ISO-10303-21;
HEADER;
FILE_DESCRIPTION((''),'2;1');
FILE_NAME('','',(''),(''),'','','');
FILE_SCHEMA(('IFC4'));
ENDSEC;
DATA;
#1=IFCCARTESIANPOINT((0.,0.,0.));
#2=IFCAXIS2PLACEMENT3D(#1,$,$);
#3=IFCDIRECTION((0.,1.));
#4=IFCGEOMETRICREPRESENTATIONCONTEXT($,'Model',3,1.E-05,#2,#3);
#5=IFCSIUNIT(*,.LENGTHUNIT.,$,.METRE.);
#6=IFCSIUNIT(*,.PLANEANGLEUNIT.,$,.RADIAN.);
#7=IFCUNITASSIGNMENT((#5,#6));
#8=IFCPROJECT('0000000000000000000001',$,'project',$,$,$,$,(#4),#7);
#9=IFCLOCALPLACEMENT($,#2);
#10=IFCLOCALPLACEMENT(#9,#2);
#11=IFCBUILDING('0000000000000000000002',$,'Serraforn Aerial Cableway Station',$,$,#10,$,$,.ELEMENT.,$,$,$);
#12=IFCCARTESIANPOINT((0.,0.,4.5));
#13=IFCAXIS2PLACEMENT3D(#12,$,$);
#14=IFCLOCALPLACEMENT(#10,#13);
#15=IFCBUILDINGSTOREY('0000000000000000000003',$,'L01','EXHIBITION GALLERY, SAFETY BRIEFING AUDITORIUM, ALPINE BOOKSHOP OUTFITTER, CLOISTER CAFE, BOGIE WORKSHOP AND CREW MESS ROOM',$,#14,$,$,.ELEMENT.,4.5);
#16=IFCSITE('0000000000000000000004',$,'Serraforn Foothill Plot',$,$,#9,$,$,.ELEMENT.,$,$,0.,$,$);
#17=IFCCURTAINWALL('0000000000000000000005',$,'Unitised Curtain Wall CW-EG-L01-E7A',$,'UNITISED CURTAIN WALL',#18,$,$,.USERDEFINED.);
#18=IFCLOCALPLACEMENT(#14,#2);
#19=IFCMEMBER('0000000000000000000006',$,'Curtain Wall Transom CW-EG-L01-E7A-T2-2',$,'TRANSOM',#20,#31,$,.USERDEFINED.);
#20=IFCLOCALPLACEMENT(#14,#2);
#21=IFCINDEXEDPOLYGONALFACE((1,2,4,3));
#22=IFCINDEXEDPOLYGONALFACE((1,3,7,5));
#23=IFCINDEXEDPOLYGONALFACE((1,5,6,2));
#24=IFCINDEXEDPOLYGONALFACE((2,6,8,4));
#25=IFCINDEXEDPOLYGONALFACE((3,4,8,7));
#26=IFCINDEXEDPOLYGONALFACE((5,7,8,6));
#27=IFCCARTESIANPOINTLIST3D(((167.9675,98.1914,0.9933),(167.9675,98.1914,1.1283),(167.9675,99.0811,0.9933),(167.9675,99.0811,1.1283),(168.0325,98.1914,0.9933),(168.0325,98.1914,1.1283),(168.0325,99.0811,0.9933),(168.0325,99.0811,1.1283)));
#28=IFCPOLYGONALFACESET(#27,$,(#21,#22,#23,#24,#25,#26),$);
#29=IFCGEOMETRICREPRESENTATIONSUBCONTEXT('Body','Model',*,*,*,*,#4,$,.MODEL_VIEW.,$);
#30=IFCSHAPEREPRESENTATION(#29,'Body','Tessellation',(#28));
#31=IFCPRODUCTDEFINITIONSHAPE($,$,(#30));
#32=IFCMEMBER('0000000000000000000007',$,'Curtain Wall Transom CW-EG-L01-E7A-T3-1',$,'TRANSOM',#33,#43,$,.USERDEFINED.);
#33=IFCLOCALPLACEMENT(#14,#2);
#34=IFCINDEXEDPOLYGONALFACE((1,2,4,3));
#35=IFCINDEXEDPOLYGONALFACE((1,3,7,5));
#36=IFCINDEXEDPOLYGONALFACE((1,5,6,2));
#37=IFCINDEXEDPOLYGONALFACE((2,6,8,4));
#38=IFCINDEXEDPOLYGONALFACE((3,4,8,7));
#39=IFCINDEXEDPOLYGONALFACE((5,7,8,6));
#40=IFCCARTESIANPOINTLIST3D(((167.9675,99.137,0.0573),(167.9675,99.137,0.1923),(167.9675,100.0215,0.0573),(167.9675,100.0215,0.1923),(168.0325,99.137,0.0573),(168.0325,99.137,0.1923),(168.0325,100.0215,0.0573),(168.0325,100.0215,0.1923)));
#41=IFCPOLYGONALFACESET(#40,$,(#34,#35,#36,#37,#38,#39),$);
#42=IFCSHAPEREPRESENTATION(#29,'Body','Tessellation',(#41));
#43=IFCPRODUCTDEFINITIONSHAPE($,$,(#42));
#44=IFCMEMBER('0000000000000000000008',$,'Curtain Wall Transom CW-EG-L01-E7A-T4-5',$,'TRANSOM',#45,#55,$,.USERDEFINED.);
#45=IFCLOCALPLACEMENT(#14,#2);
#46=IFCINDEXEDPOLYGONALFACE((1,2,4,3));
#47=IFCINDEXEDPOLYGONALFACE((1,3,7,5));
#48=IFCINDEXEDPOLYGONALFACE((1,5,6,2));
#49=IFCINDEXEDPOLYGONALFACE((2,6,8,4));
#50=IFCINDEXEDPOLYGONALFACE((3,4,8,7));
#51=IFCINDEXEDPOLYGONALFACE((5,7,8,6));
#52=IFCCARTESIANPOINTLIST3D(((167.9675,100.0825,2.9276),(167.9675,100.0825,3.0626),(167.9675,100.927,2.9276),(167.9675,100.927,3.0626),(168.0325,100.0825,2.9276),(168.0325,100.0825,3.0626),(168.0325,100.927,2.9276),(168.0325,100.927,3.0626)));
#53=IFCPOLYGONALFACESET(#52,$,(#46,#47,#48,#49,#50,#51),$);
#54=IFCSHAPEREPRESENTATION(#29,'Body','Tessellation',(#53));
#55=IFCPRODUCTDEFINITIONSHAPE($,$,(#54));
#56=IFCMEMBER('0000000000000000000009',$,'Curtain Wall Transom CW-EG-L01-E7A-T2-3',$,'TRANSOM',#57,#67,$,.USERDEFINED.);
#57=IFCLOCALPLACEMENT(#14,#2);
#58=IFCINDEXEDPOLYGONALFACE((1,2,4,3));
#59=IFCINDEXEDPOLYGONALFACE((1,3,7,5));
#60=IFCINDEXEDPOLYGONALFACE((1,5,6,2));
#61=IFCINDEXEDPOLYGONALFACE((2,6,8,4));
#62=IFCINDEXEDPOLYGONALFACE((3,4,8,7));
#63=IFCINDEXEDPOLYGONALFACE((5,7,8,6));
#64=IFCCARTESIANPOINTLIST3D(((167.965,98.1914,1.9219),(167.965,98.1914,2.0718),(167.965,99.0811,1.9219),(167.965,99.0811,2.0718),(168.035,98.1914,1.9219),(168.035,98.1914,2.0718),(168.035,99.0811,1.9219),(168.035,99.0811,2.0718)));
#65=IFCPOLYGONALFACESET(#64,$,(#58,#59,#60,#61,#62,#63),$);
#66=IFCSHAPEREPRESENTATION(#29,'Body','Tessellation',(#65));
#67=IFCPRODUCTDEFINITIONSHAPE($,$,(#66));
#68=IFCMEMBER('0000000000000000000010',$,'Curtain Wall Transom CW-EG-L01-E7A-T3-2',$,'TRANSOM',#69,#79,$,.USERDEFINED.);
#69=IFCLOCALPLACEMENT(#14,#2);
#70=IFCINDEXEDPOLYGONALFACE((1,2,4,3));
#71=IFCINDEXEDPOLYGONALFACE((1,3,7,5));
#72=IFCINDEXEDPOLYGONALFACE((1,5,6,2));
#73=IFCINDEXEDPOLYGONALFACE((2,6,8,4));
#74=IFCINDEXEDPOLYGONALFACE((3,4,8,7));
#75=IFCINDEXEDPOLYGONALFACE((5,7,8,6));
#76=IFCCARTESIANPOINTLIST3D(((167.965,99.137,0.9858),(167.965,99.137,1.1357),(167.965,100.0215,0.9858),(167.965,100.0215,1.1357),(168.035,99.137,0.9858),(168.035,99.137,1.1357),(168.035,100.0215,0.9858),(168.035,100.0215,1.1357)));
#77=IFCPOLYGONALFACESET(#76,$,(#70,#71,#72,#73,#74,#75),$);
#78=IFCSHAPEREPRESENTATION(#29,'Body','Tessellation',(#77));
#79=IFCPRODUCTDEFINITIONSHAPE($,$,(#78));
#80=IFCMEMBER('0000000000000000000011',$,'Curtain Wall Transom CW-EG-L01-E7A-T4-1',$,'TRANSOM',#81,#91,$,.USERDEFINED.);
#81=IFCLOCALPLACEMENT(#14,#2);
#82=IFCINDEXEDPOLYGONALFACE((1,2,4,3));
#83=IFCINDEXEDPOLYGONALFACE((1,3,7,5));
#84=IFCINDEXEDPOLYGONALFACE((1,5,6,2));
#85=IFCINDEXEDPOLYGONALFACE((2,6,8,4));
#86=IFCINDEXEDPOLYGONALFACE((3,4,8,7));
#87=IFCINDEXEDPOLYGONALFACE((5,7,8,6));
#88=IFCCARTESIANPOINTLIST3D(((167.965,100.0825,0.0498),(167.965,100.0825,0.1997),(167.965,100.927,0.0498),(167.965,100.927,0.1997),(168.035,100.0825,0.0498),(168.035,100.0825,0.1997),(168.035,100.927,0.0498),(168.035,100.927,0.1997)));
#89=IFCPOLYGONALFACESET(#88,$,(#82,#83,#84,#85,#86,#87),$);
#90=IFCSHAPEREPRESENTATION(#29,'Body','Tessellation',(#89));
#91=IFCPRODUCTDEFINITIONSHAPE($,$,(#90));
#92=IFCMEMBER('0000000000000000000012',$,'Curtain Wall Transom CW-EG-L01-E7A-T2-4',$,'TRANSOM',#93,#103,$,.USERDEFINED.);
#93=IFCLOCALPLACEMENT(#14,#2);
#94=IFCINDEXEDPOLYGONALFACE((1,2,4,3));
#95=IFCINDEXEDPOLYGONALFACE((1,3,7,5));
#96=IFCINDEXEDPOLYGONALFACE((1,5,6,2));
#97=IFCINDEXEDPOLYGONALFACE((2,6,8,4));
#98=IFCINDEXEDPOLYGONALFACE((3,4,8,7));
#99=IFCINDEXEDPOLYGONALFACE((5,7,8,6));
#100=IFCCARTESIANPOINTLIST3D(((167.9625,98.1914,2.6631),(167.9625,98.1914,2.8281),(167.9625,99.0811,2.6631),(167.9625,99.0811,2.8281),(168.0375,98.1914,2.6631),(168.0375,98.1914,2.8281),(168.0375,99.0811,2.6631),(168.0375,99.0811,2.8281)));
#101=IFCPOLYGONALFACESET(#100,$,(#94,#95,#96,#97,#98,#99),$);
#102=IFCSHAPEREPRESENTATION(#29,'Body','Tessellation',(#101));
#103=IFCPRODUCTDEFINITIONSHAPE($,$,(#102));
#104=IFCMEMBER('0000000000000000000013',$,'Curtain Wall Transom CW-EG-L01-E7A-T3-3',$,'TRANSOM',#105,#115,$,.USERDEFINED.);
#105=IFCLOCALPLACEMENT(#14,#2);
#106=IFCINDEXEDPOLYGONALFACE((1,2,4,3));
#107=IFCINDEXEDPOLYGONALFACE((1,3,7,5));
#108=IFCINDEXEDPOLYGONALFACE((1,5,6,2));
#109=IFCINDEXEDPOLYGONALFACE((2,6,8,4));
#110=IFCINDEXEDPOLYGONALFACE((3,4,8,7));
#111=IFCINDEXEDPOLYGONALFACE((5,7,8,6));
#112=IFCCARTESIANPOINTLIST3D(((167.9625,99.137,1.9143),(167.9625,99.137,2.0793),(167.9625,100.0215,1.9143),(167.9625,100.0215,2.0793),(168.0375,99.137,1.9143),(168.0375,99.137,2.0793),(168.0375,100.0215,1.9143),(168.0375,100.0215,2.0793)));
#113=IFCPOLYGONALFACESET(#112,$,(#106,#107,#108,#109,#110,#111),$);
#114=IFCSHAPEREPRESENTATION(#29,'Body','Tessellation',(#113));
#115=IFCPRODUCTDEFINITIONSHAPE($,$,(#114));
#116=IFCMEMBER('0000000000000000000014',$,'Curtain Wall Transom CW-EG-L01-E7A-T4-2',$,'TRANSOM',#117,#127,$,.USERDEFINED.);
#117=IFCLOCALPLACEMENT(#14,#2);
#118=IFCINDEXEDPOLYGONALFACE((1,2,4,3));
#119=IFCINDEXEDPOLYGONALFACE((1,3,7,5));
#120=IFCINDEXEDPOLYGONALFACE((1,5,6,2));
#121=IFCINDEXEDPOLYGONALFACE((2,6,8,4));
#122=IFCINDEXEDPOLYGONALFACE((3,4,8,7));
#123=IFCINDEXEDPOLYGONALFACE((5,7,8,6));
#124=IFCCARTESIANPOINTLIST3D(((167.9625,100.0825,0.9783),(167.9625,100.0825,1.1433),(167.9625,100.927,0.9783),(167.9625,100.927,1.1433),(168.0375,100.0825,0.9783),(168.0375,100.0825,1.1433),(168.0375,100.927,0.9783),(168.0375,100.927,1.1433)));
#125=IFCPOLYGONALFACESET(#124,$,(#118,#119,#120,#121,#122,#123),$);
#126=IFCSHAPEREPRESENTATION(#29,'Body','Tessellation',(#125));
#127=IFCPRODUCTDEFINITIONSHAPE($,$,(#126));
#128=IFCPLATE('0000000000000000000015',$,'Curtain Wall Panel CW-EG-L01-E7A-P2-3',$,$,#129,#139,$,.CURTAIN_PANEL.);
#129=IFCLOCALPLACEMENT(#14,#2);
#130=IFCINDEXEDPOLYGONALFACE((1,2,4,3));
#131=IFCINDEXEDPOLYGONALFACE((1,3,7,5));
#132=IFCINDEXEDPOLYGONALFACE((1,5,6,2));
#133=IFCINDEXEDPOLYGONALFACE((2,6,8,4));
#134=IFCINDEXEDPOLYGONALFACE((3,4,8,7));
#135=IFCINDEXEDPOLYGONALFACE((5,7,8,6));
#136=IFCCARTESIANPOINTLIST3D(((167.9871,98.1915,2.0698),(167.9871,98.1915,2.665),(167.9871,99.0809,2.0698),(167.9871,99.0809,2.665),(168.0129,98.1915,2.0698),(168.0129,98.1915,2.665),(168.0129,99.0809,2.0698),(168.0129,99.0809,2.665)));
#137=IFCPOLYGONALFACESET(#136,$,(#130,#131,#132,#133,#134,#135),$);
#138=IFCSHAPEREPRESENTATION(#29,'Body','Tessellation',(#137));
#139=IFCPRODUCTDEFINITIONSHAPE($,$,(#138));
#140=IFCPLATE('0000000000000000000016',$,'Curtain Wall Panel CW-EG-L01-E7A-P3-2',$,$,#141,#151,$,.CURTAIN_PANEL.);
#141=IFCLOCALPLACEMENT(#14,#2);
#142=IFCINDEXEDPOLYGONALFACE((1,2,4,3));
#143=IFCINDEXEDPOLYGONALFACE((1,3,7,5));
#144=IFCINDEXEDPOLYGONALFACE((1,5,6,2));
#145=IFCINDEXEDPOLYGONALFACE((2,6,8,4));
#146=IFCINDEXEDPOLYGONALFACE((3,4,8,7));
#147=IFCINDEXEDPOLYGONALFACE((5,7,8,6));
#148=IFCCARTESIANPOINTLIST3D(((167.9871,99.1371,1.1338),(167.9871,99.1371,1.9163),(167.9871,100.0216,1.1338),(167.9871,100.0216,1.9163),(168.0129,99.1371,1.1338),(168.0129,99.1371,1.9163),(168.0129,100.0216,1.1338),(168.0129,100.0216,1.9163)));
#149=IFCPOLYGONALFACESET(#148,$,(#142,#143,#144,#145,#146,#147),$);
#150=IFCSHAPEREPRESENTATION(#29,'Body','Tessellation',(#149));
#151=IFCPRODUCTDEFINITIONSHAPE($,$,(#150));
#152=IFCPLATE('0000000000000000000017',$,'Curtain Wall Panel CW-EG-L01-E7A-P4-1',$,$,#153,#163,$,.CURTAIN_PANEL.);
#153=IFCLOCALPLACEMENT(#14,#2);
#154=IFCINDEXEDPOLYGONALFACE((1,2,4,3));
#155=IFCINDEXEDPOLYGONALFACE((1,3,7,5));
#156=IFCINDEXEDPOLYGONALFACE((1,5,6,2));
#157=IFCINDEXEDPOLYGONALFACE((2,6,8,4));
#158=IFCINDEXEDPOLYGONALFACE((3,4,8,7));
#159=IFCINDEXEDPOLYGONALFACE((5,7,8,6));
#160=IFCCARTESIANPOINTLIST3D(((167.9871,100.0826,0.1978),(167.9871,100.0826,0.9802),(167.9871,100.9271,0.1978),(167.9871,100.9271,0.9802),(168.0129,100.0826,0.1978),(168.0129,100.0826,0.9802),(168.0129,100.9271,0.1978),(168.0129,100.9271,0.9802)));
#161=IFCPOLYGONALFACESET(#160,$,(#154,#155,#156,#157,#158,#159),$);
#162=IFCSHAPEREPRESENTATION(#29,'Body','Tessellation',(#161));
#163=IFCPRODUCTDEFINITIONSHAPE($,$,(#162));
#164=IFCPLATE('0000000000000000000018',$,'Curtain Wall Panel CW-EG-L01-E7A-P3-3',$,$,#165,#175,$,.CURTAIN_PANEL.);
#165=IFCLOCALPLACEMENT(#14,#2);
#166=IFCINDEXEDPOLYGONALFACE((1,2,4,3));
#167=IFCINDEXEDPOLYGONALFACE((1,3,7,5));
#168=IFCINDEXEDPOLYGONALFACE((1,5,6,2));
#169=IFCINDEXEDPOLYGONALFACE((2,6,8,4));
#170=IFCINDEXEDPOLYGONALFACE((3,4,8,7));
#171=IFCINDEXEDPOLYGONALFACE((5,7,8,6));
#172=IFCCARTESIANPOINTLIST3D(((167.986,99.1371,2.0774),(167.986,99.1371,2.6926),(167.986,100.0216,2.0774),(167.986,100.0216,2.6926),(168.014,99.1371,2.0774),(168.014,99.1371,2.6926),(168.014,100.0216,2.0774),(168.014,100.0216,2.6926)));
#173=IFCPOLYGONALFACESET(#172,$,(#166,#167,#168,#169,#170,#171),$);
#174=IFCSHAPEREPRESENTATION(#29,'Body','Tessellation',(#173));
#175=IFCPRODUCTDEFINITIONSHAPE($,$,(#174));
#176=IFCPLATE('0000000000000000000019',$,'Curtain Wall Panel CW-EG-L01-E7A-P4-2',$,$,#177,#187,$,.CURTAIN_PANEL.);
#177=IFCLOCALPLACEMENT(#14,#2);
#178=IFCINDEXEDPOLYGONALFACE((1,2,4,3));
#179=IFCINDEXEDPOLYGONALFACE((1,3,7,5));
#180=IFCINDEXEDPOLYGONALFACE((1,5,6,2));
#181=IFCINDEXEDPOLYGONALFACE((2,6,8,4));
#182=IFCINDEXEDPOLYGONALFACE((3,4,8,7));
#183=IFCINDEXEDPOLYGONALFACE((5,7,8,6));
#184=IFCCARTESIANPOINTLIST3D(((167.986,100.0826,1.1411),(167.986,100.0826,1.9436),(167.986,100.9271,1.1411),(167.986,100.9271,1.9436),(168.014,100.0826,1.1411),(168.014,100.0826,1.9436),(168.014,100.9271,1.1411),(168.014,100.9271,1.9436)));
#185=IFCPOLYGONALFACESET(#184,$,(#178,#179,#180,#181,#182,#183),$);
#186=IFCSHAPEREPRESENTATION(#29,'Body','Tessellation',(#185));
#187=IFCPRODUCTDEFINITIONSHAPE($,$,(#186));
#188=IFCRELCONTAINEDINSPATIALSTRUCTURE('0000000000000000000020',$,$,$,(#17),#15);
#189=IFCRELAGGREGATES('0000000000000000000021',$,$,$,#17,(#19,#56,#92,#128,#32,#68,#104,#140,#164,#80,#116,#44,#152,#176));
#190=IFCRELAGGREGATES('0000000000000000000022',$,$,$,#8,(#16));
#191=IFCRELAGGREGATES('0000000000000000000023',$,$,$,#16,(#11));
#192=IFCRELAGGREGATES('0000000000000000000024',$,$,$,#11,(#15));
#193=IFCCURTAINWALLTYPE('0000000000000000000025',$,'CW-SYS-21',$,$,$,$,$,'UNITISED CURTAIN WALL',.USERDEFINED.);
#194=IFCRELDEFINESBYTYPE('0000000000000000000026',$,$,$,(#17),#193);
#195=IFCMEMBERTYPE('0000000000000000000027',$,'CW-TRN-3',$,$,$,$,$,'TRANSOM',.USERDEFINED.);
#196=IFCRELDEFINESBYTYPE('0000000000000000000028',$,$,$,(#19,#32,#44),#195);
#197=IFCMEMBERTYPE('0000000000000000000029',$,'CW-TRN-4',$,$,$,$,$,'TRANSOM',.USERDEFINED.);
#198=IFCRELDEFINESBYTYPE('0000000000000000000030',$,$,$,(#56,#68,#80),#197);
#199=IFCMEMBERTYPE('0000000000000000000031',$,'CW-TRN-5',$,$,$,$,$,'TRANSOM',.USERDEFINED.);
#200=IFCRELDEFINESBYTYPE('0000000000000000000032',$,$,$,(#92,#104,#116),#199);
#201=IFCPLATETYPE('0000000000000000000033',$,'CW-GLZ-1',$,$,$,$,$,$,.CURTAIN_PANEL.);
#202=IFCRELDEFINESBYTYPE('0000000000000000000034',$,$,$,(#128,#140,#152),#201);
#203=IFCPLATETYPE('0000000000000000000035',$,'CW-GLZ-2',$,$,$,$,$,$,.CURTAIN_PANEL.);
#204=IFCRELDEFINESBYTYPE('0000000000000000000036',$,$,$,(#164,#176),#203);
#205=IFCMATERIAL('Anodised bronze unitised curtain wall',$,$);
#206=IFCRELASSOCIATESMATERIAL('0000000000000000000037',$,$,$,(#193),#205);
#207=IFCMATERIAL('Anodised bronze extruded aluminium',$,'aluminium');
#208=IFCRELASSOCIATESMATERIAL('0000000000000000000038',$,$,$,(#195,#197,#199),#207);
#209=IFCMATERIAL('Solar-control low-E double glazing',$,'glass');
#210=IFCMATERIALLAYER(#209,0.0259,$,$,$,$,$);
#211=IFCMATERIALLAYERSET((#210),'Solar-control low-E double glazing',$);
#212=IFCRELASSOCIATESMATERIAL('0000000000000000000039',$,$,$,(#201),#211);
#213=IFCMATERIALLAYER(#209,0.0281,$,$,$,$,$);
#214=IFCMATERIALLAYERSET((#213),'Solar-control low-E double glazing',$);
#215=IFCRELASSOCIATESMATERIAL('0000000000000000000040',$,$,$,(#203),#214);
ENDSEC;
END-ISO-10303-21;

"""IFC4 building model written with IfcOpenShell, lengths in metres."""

from ifc_helpers import new_model, si_unit, direction, frame, origin, origin_2d, place, context, subcontext, project, spatial, rectangle, extrude, material, layer, layer_set, material_profile, profile_set, type_object, element, aggregate, save


model = new_model("IFC4")

# Units and contexts
model_context = context("Model", 3, precision=1e-05, world=origin(), true_north=direction((0.0, 1.0)))
body_context = subcontext(model_context, "Body", "Model", "MODEL_VIEW")
ifc_project = project(units=[si_unit("LENGTHUNIT", "METRE"), si_unit("PLANEANGLEUNIT", "RADIAN")], contexts=[model_context])

# Site, building, storey
site_placement = place(None, origin())
site = spatial("IfcSite", under=ifc_project, at=site_placement, Name="Serraforn Foothill Plot", CompositionType="ELEMENT", RefElevation=0.0)
building_placement = place(site_placement, origin())
building = spatial("IfcBuilding", under=site, at=building_placement, Name="Serraforn Aerial Cableway Station", CompositionType="ELEMENT")
storey_placement = place(building_placement, frame((0.0, 0.0, 4.5)))
storey = spatial("IfcBuildingStorey", under=building, at=storey_placement, Name="L01", Description="EXHIBITION GALLERY, SAFETY BRIEFING AUDITORIUM, ALPINE BOOKSHOP OUTFITTER, CLOISTER CAFE, BOGIE WORKSHOP AND CREW MESS ROOM", CompositionType="ELEMENT", Elevation=4.5)

# Curtain wall, members, plates
ifc_material_1 = material(Name="Anodised bronze unitised curtain wall")
curtain_wall_type = type_object("IfcCurtainWallType", Name="CW-SYS-21", ElementType="UNITISED CURTAIN WALL", PredefinedType="USERDEFINED", material=ifc_material_1)
curtain_wall_placement = place(storey_placement, origin())
curtain_wall = element("IfcCurtainWall", 1, at=curtain_wall_placement, inside=storey, type_object=curtain_wall_type, Name="Unitised Curtain Wall CW-EG-L01-E7A", ObjectType="UNITISED CURTAIN WALL", PredefinedType="USERDEFINED")
ifc_material_2 = material(Name="Anodised bronze extruded aluminium", Category="aluminium")
ifc_material_profile_1 = material_profile(ifc_material_2, rectangle(XDim=0.0649, YDim=0.135, at=origin_2d()), Name="CW TRANSOM 65x135")
ifc_profile_set_1 = profile_set([ifc_material_profile_1], Name="Anodised bronze extruded aluminium")
member_type_1 = type_object("IfcMemberType", Name="CW-TRN-3", ElementType="TRANSOM", PredefinedType="USERDEFINED", material=ifc_profile_set_1)
member_1_placement = place(storey_placement, frame((168.0, 98.1914, 1.0608), z_axis=(0.0, 1.0, 0.0), x_axis=(-1.0, 0.0, 0.0)))
member_1 = element("IfcMember", 2, at=member_1_placement, type_object=member_type_1, Name="Curtain Wall Transom CW-EG-L01-E7A-T2-2", ObjectType="TRANSOM", PredefinedType="USERDEFINED", context=body_context, shape_type="SweptSolid", body=[
    extrude(rectangle(XDim=0.0649, YDim=0.135, at=origin_2d()), origin(), (0.0, 0.0, 1.0), 0.8896),
])
member_2_placement = place(storey_placement, frame((168.0, 99.137, 0.1248), z_axis=(0.0, 1.0, 0.0), x_axis=(-1.0, 0.0, 0.0)))
member_2 = element("IfcMember", 3, at=member_2_placement, type_object=member_type_1, Name="Curtain Wall Transom CW-EG-L01-E7A-T3-1", ObjectType="TRANSOM", PredefinedType="USERDEFINED", context=body_context, shape_type="SweptSolid", body=[
    extrude(rectangle(XDim=0.0649, YDim=0.135, at=origin_2d()), origin(), (0.0, 0.0, 1.0), 0.8845),
])
member_3_placement = place(storey_placement, frame((168.0, 100.0825, 2.9951), z_axis=(0.0, 1.0, 0.0), x_axis=(-1.0, 0.0, 0.0)))
member_3 = element("IfcMember", 4, at=member_3_placement, type_object=member_type_1, Name="Curtain Wall Transom CW-EG-L01-E7A-T4-5", ObjectType="TRANSOM", PredefinedType="USERDEFINED", context=body_context, shape_type="SweptSolid", body=[
    extrude(rectangle(XDim=0.0649, YDim=0.135, at=origin_2d()), origin(), (0.0, 0.0, 1.0), 0.8445),
])
ifc_material_profile_2 = material_profile(ifc_material_2, rectangle(XDim=0.0701, YDim=0.1499, at=origin_2d()), Name="CW TRANSOM 70x150")
ifc_profile_set_2 = profile_set([ifc_material_profile_2], Name="Anodised bronze extruded aluminium")
member_type_2 = type_object("IfcMemberType", Name="CW-TRN-4", ElementType="TRANSOM", PredefinedType="USERDEFINED", material=ifc_profile_set_2)
member_4_placement = place(storey_placement, frame((168.0, 98.1914, 1.9968), z_axis=(0.0, 1.0, 0.0), x_axis=(-1.0, 0.0, 0.0)))
member_4 = element("IfcMember", 5, at=member_4_placement, type_object=member_type_2, Name="Curtain Wall Transom CW-EG-L01-E7A-T2-3", ObjectType="TRANSOM", PredefinedType="USERDEFINED", context=body_context, shape_type="SweptSolid", body=[
    extrude(rectangle(XDim=0.0701, YDim=0.1499, at=origin_2d()), origin(), (0.0, 0.0, 1.0), 0.8896),
])
member_5_placement = place(storey_placement, frame((168.0, 99.137, 1.0608), z_axis=(0.0, 1.0, 0.0), x_axis=(-1.0, 0.0, 0.0)))
member_5 = element("IfcMember", 6, at=member_5_placement, type_object=member_type_2, Name="Curtain Wall Transom CW-EG-L01-E7A-T3-2", ObjectType="TRANSOM", PredefinedType="USERDEFINED", context=body_context, shape_type="SweptSolid", body=[
    extrude(rectangle(XDim=0.0701, YDim=0.1499, at=origin_2d()), origin(), (0.0, 0.0, 1.0), 0.8845),
])
member_6_placement = place(storey_placement, frame((168.0, 100.0825, 0.1248), z_axis=(0.0, 1.0, 0.0), x_axis=(-1.0, 0.0, 0.0)))
member_6 = element("IfcMember", 7, at=member_6_placement, type_object=member_type_2, Name="Curtain Wall Transom CW-EG-L01-E7A-T4-1", ObjectType="TRANSOM", PredefinedType="USERDEFINED", context=body_context, shape_type="SweptSolid", body=[
    extrude(rectangle(XDim=0.0701, YDim=0.1499, at=origin_2d()), origin(), (0.0, 0.0, 1.0), 0.8445),
])
ifc_material_profile_3 = material_profile(ifc_material_2, rectangle(XDim=0.075, YDim=0.165, at=origin_2d()), Name="CW TRANSOM 75x165")
ifc_profile_set_3 = profile_set([ifc_material_profile_3], Name="Anodised bronze extruded aluminium")
member_type_3 = type_object("IfcMemberType", Name="CW-TRN-5", ElementType="TRANSOM", PredefinedType="USERDEFINED", material=ifc_profile_set_3)
member_7_placement = place(storey_placement, frame((168.0, 98.1914, 2.7456), z_axis=(0.0, 1.0, 0.0), x_axis=(-1.0, 0.0, 0.0)))
member_7 = element("IfcMember", 8, at=member_7_placement, type_object=member_type_3, Name="Curtain Wall Transom CW-EG-L01-E7A-T2-4", ObjectType="TRANSOM", PredefinedType="USERDEFINED", context=body_context, shape_type="SweptSolid", body=[
    extrude(rectangle(XDim=0.075, YDim=0.165, at=origin_2d()), origin(), (0.0, 0.0, 1.0), 0.8896),
])
member_8_placement = place(storey_placement, frame((168.0, 99.137, 1.9968), z_axis=(0.0, 1.0, 0.0), x_axis=(-1.0, 0.0, 0.0)))
member_8 = element("IfcMember", 9, at=member_8_placement, type_object=member_type_3, Name="Curtain Wall Transom CW-EG-L01-E7A-T3-3", ObjectType="TRANSOM", PredefinedType="USERDEFINED", context=body_context, shape_type="SweptSolid", body=[
    extrude(rectangle(XDim=0.075, YDim=0.165, at=origin_2d()), origin(), (0.0, 0.0, 1.0), 0.8845),
])
member_9_placement = place(storey_placement, frame((168.0, 100.0825, 1.0608), z_axis=(0.0, 1.0, 0.0), x_axis=(-1.0, 0.0, 0.0)))
member_9 = element("IfcMember", 10, at=member_9_placement, type_object=member_type_3, Name="Curtain Wall Transom CW-EG-L01-E7A-T4-2", ObjectType="TRANSOM", PredefinedType="USERDEFINED", context=body_context, shape_type="SweptSolid", body=[
    extrude(rectangle(XDim=0.075, YDim=0.165, at=origin_2d()), origin(), (0.0, 0.0, 1.0), 0.8445),
])
ifc_material_3 = material(Name="Solar-control low-E double glazing", Category="glass")
ifc_layer_1 = layer(ifc_material_3, 0.0259)
ifc_layer_set_1 = layer_set([ifc_layer_1], Name="Solar-control low-E double glazing")
plate_type_1 = type_object("IfcPlateType", Name="CW-GLZ-1", PredefinedType="CURTAIN_PANEL", material=ifc_layer_set_1)
plate_1_placement = place(storey_placement, frame((168.0, 98.6362, 2.0698), z_axis=(0.0, 0.0, 1.0), x_axis=(1.0, 0.0, 0.0)))
plate_1 = element("IfcPlate", 11, at=plate_1_placement, type_object=plate_type_1, Name="Curtain Wall Panel CW-EG-L01-E7A-P2-3", PredefinedType="CURTAIN_PANEL", context=body_context, shape_type="SweptSolid", body=[
    extrude(rectangle(XDim=0.0259, YDim=0.8894, at=origin_2d()), origin(), (0.0, 0.0, 1.0), 0.5952),
])
plate_2_placement = place(storey_placement, frame((168.0, 99.5793, 1.1338), z_axis=(0.0, 0.0, 1.0), x_axis=(1.0, 0.0, 0.0)))
plate_2 = element("IfcPlate", 12, at=plate_2_placement, type_object=plate_type_1, Name="Curtain Wall Panel CW-EG-L01-E7A-P3-2", PredefinedType="CURTAIN_PANEL", context=body_context, shape_type="SweptSolid", body=[
    extrude(rectangle(XDim=0.0259, YDim=0.8845, at=origin_2d()), origin(), (0.0, 0.0, 1.0), 0.7825),
])
plate_3_placement = place(storey_placement, frame((168.0, 100.5049, 0.1978), z_axis=(0.0, 0.0, 1.0), x_axis=(1.0, 0.0, 0.0)))
plate_3 = element("IfcPlate", 13, at=plate_3_placement, type_object=plate_type_1, Name="Curtain Wall Panel CW-EG-L01-E7A-P4-1", PredefinedType="CURTAIN_PANEL", context=body_context, shape_type="SweptSolid", body=[
    extrude(rectangle(XDim=0.0259, YDim=0.8445, at=origin_2d()), origin(), (0.0, 0.0, 1.0), 0.7825),
])
ifc_layer_2 = layer(ifc_material_3, 0.0281)
ifc_layer_set_2 = layer_set([ifc_layer_2], Name="Solar-control low-E double glazing")
plate_type_2 = type_object("IfcPlateType", Name="CW-GLZ-2", PredefinedType="CURTAIN_PANEL", material=ifc_layer_set_2)
plate_4_placement = place(storey_placement, frame((168.0, 99.5793, 2.0774), z_axis=(0.0, 0.0, 1.0), x_axis=(1.0, 0.0, 0.0)))
plate_4 = element("IfcPlate", 14, at=plate_4_placement, type_object=plate_type_2, Name="Curtain Wall Panel CW-EG-L01-E7A-P3-3", PredefinedType="CURTAIN_PANEL", context=body_context, shape_type="SweptSolid", body=[
    extrude(rectangle(XDim=0.0281, YDim=0.8845, at=origin_2d()), origin(), (0.0, 0.0, 1.0), 0.6152),
])
plate_5_placement = place(storey_placement, frame((168.0, 100.5049, 1.1411), z_axis=(0.0, 0.0, 1.0), x_axis=(1.0, 0.0, 0.0)))
plate_5 = element("IfcPlate", 15, at=plate_5_placement, type_object=plate_type_2, Name="Curtain Wall Panel CW-EG-L01-E7A-P4-2", PredefinedType="CURTAIN_PANEL", context=body_context, shape_type="SweptSolid", body=[
    extrude(rectangle(XDim=0.0281, YDim=0.8445, at=origin_2d()), origin(), (0.0, 0.0, 1.0), 0.8025),
])
aggregate(curtain_wall, [member_1, member_4, member_7, plate_1, member_2, member_5, member_8, plate_2, plate_4, member_6, member_9, member_3, plate_3, plate_5])

save(model, "model.ifc")
